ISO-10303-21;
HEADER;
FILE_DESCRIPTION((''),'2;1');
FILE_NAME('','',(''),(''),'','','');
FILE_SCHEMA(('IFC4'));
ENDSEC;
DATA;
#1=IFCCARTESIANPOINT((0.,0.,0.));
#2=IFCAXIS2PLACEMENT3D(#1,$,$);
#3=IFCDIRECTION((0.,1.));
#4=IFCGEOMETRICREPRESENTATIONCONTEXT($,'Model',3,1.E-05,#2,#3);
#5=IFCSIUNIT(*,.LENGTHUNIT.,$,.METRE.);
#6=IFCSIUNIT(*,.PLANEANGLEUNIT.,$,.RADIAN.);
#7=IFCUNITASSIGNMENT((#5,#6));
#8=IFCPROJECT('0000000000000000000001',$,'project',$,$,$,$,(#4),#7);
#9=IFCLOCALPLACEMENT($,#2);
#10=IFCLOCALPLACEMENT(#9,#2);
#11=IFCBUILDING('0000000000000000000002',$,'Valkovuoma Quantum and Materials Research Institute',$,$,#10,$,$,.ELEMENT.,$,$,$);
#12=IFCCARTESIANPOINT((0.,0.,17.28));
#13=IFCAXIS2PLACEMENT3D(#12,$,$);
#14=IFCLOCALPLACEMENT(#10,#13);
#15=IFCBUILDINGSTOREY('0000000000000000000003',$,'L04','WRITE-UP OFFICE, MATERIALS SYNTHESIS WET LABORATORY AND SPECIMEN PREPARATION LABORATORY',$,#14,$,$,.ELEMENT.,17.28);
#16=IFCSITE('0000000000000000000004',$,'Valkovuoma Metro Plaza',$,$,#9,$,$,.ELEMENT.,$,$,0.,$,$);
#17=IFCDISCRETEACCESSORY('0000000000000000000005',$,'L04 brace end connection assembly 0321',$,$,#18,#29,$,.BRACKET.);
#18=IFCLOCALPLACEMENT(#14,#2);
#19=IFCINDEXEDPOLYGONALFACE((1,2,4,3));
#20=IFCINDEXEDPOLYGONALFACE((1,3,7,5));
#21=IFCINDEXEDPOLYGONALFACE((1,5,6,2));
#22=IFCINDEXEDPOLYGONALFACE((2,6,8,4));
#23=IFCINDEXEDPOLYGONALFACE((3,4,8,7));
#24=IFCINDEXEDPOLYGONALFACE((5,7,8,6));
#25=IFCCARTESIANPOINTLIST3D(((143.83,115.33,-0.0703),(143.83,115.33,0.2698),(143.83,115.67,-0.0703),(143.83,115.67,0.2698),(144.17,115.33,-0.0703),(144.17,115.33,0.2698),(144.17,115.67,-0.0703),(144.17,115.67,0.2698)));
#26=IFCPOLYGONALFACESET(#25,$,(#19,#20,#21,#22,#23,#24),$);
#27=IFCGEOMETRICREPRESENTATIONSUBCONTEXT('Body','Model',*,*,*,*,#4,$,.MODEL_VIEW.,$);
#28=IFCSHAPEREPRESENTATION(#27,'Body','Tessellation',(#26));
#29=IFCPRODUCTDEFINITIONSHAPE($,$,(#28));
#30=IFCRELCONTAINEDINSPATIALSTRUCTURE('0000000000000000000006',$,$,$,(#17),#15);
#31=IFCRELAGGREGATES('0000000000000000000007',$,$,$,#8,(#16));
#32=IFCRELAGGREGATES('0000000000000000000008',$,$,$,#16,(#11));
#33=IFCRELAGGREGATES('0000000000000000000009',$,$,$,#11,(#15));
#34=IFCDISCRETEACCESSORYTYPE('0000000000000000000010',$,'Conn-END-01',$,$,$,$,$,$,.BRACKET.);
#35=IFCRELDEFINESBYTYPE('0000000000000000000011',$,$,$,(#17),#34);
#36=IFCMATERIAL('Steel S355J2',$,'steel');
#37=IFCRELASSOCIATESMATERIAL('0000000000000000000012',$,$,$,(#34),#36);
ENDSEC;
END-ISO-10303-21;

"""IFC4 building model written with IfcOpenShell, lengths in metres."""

from ifc_helpers import new_model, si_unit, direction, frame, origin, origin_2d, place, context, subcontext, project, spatial, rectangle, extrude, material, type_object, element, save


model = new_model("IFC4")

# Units and contexts
model_context = context("Model", 3, precision=1e-05, world=origin(), true_north=direction((0.0, 1.0)))
body_context = subcontext(model_context, "Body", "Model", "MODEL_VIEW")
ifc_project = project(units=[si_unit("LENGTHUNIT", "METRE"), si_unit("PLANEANGLEUNIT", "RADIAN")], contexts=[model_context])

# Site, building, storey
site_placement = place(None, origin())
site = spatial("IfcSite", under=ifc_project, at=site_placement, Name="Valkovuoma Metro Plaza", CompositionType="ELEMENT", RefElevation=0.0)
building_placement = place(site_placement, origin())
building = spatial("IfcBuilding", under=site, at=building_placement, Name="Valkovuoma Quantum and Materials Research Institute", CompositionType="ELEMENT")
storey_placement = place(building_placement, frame((0.0, 0.0, 17.28)))
storey = spatial("IfcBuildingStorey", under=building, at=storey_placement, Name="L04", Description="WRITE-UP OFFICE, MATERIALS SYNTHESIS WET LABORATORY AND SPECIMEN PREPARATION LABORATORY", CompositionType="ELEMENT", Elevation=17.28)

# Discrete accessory
ifc_material_1 = material(Name="Steel S355J2", Category="steel")
discrete_accessory_type_1 = type_object("IfcDiscreteAccessoryType", Name="Conn-END-01", PredefinedType="BRACKET", material=ifc_material_1)
discrete_accessory_placement = place(storey_placement, frame((144.0, 115.5, -0.0703), z_axis=(0.0, 0.0, 1.0), x_axis=(1.0, 0.0, 0.0)))
element("IfcDiscreteAccessory", 1, at=discrete_accessory_placement, inside=storey, type_object=discrete_accessory_type_1, Name="L04 brace end connection assembly 0321", PredefinedType="BRACKET", context=body_context, shape_type="SweptSolid", body=[
    extrude(rectangle(XDim=0.3401, YDim=0.3401, at=origin_2d()), origin(), (0.0, 0.0, 1.0), 0.3401),
])

save(model, "model.ifc")
